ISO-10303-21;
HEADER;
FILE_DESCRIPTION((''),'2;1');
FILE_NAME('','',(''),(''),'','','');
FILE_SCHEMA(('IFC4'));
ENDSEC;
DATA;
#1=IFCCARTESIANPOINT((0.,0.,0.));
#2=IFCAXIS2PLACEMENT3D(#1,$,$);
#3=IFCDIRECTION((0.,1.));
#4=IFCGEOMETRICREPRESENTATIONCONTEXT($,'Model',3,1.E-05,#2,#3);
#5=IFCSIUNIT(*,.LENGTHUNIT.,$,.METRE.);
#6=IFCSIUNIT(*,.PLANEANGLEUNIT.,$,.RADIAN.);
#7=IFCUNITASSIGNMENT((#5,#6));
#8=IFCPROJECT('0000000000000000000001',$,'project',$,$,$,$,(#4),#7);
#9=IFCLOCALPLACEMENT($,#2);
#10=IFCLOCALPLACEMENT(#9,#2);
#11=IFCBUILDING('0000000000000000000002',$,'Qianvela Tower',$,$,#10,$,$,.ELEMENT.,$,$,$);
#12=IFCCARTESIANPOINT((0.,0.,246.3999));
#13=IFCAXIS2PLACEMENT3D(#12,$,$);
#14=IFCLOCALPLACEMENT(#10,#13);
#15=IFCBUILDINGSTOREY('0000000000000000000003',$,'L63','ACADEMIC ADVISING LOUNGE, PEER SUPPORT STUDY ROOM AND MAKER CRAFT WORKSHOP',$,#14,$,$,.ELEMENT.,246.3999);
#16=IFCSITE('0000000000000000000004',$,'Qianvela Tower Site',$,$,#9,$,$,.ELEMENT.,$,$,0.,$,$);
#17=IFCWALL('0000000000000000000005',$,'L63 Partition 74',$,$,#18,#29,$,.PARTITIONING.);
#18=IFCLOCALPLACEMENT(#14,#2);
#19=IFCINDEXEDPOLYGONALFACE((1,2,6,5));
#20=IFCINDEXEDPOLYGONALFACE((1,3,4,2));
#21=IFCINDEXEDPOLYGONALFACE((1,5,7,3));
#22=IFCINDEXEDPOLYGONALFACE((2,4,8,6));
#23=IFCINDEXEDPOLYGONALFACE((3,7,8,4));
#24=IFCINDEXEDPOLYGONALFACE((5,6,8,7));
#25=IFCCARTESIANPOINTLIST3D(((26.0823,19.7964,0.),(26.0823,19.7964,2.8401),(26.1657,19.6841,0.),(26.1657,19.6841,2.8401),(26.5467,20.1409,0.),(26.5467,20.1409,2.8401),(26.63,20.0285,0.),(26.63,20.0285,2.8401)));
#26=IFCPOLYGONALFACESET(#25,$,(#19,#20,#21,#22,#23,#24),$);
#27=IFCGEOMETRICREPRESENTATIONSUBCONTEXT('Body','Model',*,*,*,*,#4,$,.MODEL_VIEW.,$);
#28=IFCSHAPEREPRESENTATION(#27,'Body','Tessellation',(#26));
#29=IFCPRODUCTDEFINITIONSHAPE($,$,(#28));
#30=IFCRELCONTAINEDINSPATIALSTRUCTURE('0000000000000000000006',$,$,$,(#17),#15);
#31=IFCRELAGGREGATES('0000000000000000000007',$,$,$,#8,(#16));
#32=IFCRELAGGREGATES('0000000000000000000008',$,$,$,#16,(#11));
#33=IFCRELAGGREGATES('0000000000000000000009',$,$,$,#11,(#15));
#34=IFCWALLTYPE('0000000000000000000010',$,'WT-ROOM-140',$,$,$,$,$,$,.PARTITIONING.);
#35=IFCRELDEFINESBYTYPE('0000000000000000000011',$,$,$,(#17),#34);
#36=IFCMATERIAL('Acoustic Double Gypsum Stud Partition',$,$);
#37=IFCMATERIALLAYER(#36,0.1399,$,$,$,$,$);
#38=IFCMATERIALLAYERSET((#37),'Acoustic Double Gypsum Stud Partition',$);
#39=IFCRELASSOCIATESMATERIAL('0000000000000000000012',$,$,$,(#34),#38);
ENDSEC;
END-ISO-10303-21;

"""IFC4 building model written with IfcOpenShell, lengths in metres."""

from ifc_helpers import new_model, si_unit, direction, frame, frame_2d, origin, place, context, subcontext, project, spatial, rectangle, extrude, material, layer, layer_set, type_object, element, save


model = new_model("IFC4")

# Units and contexts
model_context = context("Model", 3, precision=1e-05, world=origin(), true_north=direction((0.0, 1.0)))
body_context = subcontext(model_context, "Body", "Model", "MODEL_VIEW")
ifc_project = project(units=[si_unit("LENGTHUNIT", "METRE"), si_unit("PLANEANGLEUNIT", "RADIAN")], contexts=[model_context])

# Site, building, storey
site_placement = place(None, origin())
site = spatial("IfcSite", under=ifc_project, at=site_placement, Name="Qianvela Tower Site", CompositionType="ELEMENT", RefElevation=0.0)
building_placement = place(site_placement, origin())
building = spatial("IfcBuilding", under=site, at=building_placement, Name="Qianvela Tower", CompositionType="ELEMENT")
storey_placement = place(building_placement, frame((0.0, 0.0, 246.3999)))
storey = spatial("IfcBuildingStorey", under=building, at=storey_placement, Name="L63", Description="ACADEMIC ADVISING LOUNGE, PEER SUPPORT STUDY ROOM AND MAKER CRAFT WORKSHOP", CompositionType="ELEMENT", Elevation=246.3999)

# Wall
ifc_material_1 = material(Name="Acoustic Double Gypsum Stud Partition")
ifc_layer_1 = layer(ifc_material_1, 0.1399)
ifc_layer_set_1 = layer_set([ifc_layer_1], Name="Acoustic Double Gypsum Stud Partition")
wall_type_1 = type_object("IfcWallType", Name="WT-ROOM-140", PredefinedType="PARTITIONING", material=ifc_layer_set_1)
wall_1_placement = place(storey_placement, frame((26.124, 19.7402, 0.0), z_axis=(0.0, 0.0, 1.0), x_axis=(0.803131, 0.595803, 0.0)))
element("IfcWall", 1, at=wall_1_placement, inside=storey, type_object=wall_type_1, Name="L63 Partition 74", PredefinedType="PARTITIONING", context=body_context, shape_type="SweptSolid", body=[
    extrude(rectangle(XDim=0.5781, YDim=0.1399, at=frame_2d((0.2891, 0.0))), origin(), (0.0, 0.0, 1.0), 2.8401),
])

save(model, "model.ifc")
